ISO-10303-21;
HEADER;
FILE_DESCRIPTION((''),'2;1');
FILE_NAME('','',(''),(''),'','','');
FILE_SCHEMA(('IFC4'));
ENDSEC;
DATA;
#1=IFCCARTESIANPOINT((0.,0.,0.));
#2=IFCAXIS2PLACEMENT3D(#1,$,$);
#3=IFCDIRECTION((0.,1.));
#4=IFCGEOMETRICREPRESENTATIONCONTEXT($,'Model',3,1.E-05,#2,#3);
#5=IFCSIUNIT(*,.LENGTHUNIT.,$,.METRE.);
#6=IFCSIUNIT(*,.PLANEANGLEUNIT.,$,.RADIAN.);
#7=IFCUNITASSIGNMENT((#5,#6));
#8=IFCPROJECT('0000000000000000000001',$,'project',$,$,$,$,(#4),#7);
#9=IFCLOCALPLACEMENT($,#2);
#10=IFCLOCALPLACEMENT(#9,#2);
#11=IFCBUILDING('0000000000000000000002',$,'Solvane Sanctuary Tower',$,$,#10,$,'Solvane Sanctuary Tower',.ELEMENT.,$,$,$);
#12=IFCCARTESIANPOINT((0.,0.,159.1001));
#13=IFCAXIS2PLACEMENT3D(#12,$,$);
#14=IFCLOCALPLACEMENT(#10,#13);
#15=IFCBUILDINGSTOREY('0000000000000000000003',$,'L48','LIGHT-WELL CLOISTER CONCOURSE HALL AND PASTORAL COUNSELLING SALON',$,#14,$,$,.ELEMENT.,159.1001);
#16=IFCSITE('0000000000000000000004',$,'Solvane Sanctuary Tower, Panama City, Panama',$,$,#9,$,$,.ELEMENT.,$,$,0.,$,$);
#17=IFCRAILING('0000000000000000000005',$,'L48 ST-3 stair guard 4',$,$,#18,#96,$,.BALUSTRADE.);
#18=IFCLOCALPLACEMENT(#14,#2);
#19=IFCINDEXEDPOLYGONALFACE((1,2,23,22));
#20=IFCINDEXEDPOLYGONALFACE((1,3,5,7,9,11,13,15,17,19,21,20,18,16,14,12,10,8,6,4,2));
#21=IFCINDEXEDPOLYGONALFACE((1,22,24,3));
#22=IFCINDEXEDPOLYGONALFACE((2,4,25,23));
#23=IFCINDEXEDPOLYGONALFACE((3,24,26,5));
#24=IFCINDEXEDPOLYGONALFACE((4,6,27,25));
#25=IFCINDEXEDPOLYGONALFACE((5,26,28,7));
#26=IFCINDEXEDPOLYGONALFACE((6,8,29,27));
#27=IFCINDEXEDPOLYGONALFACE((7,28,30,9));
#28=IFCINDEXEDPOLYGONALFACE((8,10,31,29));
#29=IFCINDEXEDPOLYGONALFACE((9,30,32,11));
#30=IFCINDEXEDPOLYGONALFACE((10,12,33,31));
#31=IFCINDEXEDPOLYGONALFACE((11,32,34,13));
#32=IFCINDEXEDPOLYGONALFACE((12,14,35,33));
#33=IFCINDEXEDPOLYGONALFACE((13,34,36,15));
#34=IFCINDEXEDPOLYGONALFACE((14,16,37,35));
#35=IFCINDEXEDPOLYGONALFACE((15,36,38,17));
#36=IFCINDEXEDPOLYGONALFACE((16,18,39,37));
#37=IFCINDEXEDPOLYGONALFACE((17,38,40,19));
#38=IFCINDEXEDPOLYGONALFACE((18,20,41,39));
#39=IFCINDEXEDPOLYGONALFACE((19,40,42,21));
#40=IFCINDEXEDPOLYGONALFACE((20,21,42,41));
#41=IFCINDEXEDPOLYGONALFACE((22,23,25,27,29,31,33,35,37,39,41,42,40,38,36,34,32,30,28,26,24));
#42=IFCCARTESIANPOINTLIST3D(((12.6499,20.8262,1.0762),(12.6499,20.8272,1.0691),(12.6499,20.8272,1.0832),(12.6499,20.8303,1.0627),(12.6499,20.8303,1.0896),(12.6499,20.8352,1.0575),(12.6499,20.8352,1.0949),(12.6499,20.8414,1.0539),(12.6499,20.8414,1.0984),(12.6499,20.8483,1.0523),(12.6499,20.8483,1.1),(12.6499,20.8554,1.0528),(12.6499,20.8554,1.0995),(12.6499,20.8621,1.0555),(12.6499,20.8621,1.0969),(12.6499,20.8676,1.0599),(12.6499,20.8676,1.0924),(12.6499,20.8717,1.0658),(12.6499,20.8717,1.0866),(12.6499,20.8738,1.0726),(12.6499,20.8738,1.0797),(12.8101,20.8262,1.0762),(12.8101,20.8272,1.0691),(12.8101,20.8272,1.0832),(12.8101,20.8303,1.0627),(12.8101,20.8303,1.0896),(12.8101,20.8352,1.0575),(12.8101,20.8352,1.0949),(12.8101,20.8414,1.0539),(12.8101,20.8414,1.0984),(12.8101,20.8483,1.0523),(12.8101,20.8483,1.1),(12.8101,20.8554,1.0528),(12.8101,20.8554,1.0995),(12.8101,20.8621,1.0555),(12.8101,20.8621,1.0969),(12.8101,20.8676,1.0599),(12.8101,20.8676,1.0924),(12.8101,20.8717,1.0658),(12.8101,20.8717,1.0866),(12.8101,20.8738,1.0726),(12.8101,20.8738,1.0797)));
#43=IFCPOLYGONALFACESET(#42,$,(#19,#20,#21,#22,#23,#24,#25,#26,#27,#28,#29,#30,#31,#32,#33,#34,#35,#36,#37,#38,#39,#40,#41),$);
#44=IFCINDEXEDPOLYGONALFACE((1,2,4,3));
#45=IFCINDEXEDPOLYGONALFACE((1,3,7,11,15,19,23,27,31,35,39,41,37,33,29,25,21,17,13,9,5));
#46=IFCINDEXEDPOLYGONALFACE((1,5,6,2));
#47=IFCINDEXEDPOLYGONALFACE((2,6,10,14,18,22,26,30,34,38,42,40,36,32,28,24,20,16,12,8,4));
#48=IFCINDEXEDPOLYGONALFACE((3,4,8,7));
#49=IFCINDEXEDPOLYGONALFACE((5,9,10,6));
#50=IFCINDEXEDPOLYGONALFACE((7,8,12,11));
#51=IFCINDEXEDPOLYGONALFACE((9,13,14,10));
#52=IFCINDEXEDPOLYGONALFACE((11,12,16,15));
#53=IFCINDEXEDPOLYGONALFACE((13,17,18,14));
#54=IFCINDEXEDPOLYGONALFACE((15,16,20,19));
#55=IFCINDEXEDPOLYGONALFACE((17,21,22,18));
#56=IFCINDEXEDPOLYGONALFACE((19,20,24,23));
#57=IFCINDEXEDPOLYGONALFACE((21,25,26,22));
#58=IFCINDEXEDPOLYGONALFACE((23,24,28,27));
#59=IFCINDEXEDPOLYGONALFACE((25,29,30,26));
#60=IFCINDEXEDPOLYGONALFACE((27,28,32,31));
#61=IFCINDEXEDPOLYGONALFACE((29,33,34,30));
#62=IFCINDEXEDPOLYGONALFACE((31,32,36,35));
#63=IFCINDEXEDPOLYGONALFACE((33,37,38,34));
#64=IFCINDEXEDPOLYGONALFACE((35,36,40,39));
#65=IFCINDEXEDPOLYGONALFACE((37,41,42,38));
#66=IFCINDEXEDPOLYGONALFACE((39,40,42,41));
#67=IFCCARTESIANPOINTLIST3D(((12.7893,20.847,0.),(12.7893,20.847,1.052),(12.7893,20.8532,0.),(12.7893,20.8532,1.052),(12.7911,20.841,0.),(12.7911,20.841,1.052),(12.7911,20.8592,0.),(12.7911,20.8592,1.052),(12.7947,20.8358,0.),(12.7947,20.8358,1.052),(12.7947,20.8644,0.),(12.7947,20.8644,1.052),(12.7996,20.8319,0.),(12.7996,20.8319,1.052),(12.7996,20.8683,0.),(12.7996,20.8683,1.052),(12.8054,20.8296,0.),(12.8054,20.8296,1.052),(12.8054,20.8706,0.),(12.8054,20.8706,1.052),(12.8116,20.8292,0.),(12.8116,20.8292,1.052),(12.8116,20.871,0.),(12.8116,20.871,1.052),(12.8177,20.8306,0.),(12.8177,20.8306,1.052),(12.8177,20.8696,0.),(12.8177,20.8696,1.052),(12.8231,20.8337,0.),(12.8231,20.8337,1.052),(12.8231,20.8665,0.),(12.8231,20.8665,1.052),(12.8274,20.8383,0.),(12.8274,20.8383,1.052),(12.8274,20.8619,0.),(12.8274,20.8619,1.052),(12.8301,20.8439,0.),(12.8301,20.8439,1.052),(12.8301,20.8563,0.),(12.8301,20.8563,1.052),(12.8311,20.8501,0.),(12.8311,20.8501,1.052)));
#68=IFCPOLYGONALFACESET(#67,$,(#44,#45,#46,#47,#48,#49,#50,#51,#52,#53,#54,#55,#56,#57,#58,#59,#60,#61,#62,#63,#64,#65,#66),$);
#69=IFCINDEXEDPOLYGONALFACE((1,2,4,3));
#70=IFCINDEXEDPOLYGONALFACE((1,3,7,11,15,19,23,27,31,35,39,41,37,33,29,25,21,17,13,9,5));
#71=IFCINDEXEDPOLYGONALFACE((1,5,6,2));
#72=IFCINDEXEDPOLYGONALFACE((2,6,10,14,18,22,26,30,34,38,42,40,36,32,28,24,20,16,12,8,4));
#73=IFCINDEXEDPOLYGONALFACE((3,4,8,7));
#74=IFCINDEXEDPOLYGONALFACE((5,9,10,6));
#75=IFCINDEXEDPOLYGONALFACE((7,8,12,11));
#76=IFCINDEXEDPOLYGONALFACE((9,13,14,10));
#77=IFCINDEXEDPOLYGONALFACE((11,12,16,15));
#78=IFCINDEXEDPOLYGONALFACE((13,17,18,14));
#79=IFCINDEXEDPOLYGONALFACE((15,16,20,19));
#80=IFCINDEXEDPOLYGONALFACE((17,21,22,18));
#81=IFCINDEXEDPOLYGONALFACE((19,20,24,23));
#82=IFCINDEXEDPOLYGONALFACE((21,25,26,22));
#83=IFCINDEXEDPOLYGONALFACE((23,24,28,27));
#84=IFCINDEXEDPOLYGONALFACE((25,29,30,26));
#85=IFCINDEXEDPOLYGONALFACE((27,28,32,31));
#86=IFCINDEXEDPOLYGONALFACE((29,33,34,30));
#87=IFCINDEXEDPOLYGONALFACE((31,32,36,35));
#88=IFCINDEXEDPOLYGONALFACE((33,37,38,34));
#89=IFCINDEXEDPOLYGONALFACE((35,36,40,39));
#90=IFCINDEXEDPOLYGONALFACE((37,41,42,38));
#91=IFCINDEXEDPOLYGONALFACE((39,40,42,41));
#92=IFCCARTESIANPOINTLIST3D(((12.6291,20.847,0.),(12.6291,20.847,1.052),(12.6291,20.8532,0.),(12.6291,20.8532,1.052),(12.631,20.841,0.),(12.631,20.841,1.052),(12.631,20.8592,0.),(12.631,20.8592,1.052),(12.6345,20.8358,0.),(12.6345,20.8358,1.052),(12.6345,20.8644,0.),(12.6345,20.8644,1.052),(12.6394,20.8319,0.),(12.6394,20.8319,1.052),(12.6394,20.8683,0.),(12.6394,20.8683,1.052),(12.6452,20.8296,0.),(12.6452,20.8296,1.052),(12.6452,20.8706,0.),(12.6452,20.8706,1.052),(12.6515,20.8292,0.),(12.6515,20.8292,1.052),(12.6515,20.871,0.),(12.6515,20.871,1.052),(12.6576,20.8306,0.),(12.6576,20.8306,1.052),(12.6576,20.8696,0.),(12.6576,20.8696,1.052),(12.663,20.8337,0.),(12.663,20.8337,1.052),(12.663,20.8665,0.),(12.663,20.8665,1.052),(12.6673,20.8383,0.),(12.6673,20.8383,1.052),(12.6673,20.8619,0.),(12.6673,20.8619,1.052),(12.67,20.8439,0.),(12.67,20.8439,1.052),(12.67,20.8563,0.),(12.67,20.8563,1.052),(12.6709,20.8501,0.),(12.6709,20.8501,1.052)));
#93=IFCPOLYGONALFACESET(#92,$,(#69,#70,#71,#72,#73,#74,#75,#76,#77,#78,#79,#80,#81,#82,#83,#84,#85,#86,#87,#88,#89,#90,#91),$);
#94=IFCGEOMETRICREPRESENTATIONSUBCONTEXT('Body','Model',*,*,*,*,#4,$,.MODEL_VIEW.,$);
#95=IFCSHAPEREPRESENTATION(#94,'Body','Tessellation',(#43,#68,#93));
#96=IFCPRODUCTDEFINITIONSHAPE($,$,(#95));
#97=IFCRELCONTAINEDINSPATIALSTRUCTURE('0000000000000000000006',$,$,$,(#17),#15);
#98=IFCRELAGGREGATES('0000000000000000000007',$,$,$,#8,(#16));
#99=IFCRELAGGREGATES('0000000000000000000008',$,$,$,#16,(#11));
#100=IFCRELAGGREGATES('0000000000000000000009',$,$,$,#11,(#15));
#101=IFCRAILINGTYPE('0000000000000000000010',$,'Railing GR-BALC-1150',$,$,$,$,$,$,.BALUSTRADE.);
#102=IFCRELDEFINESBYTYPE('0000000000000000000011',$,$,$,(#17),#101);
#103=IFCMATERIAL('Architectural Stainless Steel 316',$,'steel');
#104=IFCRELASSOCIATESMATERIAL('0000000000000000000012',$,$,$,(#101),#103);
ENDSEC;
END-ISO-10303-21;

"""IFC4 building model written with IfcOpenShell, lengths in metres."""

from ifc_helpers import new_model, si_unit, direction, frame, origin, origin_2d, place, context, subcontext, project, spatial, circle, extrude, material, type_object, element, save


model = new_model("IFC4")

# Units and contexts
model_context = context("Model", 3, precision=1e-05, world=origin(), true_north=direction((0.0, 1.0)))
body_context = subcontext(model_context, "Body", "Model", "MODEL_VIEW")
ifc_project = project(units=[si_unit("LENGTHUNIT", "METRE"), si_unit("PLANEANGLEUNIT", "RADIAN")], contexts=[model_context])

# Site, building, storey
site_placement = place(None, origin())
site = spatial("IfcSite", under=ifc_project, at=site_placement, Name="Solvane Sanctuary Tower, Panama City, Panama", CompositionType="ELEMENT", RefElevation=0.0)
building_placement = place(site_placement, origin())
building = spatial("IfcBuilding", under=site, at=building_placement, Name="Solvane Sanctuary Tower", LongName="Solvane Sanctuary Tower", CompositionType="ELEMENT")
storey_placement = place(building_placement, frame((0.0, 0.0, 159.1001)))
storey = spatial("IfcBuildingStorey", under=building, at=storey_placement, Name="L48", Description="LIGHT-WELL CLOISTER CONCOURSE HALL AND PASTORAL COUNSELLING SALON", CompositionType="ELEMENT", Elevation=159.1001)

# Shared definitions
ifc_material_1 = material(Name="Architectural Stainless Steel 316", Category="steel")

# Railing
railing_type_1 = type_object("IfcRailingType", Name="Railing GR-BALC-1150", PredefinedType="BALUSTRADE", material=ifc_material_1)
railing_1_placement = place(storey_placement, frame((12.8101, 20.8501, 0.0)))
element("IfcRailing", 1, at=railing_1_placement, inside=storey, type_object=railing_type_1, Name="L48 ST-3 stair guard 4", PredefinedType="BALUSTRADE", context=body_context, shape_type="SweptSolid", body=[
    extrude(circle(Radius=0.0239, at=origin_2d()), frame((0.0, 0.0, 1.0762), z_axis=(-1.0, 0.0, 0.0), x_axis=(0.0, -1.0, 0.0)), (0.0, 0.0, 1.0), 0.1602),
    extrude(circle(Radius=0.021, at=origin_2d()), origin(), (0.0, 0.0, 1.0), 1.052),
    extrude(circle(Radius=0.021, at=origin_2d()), frame((-0.1602, 0.0, 0.0)), (0.0, 0.0, 1.0), 1.052),
])

save(model, "model.ifc")
